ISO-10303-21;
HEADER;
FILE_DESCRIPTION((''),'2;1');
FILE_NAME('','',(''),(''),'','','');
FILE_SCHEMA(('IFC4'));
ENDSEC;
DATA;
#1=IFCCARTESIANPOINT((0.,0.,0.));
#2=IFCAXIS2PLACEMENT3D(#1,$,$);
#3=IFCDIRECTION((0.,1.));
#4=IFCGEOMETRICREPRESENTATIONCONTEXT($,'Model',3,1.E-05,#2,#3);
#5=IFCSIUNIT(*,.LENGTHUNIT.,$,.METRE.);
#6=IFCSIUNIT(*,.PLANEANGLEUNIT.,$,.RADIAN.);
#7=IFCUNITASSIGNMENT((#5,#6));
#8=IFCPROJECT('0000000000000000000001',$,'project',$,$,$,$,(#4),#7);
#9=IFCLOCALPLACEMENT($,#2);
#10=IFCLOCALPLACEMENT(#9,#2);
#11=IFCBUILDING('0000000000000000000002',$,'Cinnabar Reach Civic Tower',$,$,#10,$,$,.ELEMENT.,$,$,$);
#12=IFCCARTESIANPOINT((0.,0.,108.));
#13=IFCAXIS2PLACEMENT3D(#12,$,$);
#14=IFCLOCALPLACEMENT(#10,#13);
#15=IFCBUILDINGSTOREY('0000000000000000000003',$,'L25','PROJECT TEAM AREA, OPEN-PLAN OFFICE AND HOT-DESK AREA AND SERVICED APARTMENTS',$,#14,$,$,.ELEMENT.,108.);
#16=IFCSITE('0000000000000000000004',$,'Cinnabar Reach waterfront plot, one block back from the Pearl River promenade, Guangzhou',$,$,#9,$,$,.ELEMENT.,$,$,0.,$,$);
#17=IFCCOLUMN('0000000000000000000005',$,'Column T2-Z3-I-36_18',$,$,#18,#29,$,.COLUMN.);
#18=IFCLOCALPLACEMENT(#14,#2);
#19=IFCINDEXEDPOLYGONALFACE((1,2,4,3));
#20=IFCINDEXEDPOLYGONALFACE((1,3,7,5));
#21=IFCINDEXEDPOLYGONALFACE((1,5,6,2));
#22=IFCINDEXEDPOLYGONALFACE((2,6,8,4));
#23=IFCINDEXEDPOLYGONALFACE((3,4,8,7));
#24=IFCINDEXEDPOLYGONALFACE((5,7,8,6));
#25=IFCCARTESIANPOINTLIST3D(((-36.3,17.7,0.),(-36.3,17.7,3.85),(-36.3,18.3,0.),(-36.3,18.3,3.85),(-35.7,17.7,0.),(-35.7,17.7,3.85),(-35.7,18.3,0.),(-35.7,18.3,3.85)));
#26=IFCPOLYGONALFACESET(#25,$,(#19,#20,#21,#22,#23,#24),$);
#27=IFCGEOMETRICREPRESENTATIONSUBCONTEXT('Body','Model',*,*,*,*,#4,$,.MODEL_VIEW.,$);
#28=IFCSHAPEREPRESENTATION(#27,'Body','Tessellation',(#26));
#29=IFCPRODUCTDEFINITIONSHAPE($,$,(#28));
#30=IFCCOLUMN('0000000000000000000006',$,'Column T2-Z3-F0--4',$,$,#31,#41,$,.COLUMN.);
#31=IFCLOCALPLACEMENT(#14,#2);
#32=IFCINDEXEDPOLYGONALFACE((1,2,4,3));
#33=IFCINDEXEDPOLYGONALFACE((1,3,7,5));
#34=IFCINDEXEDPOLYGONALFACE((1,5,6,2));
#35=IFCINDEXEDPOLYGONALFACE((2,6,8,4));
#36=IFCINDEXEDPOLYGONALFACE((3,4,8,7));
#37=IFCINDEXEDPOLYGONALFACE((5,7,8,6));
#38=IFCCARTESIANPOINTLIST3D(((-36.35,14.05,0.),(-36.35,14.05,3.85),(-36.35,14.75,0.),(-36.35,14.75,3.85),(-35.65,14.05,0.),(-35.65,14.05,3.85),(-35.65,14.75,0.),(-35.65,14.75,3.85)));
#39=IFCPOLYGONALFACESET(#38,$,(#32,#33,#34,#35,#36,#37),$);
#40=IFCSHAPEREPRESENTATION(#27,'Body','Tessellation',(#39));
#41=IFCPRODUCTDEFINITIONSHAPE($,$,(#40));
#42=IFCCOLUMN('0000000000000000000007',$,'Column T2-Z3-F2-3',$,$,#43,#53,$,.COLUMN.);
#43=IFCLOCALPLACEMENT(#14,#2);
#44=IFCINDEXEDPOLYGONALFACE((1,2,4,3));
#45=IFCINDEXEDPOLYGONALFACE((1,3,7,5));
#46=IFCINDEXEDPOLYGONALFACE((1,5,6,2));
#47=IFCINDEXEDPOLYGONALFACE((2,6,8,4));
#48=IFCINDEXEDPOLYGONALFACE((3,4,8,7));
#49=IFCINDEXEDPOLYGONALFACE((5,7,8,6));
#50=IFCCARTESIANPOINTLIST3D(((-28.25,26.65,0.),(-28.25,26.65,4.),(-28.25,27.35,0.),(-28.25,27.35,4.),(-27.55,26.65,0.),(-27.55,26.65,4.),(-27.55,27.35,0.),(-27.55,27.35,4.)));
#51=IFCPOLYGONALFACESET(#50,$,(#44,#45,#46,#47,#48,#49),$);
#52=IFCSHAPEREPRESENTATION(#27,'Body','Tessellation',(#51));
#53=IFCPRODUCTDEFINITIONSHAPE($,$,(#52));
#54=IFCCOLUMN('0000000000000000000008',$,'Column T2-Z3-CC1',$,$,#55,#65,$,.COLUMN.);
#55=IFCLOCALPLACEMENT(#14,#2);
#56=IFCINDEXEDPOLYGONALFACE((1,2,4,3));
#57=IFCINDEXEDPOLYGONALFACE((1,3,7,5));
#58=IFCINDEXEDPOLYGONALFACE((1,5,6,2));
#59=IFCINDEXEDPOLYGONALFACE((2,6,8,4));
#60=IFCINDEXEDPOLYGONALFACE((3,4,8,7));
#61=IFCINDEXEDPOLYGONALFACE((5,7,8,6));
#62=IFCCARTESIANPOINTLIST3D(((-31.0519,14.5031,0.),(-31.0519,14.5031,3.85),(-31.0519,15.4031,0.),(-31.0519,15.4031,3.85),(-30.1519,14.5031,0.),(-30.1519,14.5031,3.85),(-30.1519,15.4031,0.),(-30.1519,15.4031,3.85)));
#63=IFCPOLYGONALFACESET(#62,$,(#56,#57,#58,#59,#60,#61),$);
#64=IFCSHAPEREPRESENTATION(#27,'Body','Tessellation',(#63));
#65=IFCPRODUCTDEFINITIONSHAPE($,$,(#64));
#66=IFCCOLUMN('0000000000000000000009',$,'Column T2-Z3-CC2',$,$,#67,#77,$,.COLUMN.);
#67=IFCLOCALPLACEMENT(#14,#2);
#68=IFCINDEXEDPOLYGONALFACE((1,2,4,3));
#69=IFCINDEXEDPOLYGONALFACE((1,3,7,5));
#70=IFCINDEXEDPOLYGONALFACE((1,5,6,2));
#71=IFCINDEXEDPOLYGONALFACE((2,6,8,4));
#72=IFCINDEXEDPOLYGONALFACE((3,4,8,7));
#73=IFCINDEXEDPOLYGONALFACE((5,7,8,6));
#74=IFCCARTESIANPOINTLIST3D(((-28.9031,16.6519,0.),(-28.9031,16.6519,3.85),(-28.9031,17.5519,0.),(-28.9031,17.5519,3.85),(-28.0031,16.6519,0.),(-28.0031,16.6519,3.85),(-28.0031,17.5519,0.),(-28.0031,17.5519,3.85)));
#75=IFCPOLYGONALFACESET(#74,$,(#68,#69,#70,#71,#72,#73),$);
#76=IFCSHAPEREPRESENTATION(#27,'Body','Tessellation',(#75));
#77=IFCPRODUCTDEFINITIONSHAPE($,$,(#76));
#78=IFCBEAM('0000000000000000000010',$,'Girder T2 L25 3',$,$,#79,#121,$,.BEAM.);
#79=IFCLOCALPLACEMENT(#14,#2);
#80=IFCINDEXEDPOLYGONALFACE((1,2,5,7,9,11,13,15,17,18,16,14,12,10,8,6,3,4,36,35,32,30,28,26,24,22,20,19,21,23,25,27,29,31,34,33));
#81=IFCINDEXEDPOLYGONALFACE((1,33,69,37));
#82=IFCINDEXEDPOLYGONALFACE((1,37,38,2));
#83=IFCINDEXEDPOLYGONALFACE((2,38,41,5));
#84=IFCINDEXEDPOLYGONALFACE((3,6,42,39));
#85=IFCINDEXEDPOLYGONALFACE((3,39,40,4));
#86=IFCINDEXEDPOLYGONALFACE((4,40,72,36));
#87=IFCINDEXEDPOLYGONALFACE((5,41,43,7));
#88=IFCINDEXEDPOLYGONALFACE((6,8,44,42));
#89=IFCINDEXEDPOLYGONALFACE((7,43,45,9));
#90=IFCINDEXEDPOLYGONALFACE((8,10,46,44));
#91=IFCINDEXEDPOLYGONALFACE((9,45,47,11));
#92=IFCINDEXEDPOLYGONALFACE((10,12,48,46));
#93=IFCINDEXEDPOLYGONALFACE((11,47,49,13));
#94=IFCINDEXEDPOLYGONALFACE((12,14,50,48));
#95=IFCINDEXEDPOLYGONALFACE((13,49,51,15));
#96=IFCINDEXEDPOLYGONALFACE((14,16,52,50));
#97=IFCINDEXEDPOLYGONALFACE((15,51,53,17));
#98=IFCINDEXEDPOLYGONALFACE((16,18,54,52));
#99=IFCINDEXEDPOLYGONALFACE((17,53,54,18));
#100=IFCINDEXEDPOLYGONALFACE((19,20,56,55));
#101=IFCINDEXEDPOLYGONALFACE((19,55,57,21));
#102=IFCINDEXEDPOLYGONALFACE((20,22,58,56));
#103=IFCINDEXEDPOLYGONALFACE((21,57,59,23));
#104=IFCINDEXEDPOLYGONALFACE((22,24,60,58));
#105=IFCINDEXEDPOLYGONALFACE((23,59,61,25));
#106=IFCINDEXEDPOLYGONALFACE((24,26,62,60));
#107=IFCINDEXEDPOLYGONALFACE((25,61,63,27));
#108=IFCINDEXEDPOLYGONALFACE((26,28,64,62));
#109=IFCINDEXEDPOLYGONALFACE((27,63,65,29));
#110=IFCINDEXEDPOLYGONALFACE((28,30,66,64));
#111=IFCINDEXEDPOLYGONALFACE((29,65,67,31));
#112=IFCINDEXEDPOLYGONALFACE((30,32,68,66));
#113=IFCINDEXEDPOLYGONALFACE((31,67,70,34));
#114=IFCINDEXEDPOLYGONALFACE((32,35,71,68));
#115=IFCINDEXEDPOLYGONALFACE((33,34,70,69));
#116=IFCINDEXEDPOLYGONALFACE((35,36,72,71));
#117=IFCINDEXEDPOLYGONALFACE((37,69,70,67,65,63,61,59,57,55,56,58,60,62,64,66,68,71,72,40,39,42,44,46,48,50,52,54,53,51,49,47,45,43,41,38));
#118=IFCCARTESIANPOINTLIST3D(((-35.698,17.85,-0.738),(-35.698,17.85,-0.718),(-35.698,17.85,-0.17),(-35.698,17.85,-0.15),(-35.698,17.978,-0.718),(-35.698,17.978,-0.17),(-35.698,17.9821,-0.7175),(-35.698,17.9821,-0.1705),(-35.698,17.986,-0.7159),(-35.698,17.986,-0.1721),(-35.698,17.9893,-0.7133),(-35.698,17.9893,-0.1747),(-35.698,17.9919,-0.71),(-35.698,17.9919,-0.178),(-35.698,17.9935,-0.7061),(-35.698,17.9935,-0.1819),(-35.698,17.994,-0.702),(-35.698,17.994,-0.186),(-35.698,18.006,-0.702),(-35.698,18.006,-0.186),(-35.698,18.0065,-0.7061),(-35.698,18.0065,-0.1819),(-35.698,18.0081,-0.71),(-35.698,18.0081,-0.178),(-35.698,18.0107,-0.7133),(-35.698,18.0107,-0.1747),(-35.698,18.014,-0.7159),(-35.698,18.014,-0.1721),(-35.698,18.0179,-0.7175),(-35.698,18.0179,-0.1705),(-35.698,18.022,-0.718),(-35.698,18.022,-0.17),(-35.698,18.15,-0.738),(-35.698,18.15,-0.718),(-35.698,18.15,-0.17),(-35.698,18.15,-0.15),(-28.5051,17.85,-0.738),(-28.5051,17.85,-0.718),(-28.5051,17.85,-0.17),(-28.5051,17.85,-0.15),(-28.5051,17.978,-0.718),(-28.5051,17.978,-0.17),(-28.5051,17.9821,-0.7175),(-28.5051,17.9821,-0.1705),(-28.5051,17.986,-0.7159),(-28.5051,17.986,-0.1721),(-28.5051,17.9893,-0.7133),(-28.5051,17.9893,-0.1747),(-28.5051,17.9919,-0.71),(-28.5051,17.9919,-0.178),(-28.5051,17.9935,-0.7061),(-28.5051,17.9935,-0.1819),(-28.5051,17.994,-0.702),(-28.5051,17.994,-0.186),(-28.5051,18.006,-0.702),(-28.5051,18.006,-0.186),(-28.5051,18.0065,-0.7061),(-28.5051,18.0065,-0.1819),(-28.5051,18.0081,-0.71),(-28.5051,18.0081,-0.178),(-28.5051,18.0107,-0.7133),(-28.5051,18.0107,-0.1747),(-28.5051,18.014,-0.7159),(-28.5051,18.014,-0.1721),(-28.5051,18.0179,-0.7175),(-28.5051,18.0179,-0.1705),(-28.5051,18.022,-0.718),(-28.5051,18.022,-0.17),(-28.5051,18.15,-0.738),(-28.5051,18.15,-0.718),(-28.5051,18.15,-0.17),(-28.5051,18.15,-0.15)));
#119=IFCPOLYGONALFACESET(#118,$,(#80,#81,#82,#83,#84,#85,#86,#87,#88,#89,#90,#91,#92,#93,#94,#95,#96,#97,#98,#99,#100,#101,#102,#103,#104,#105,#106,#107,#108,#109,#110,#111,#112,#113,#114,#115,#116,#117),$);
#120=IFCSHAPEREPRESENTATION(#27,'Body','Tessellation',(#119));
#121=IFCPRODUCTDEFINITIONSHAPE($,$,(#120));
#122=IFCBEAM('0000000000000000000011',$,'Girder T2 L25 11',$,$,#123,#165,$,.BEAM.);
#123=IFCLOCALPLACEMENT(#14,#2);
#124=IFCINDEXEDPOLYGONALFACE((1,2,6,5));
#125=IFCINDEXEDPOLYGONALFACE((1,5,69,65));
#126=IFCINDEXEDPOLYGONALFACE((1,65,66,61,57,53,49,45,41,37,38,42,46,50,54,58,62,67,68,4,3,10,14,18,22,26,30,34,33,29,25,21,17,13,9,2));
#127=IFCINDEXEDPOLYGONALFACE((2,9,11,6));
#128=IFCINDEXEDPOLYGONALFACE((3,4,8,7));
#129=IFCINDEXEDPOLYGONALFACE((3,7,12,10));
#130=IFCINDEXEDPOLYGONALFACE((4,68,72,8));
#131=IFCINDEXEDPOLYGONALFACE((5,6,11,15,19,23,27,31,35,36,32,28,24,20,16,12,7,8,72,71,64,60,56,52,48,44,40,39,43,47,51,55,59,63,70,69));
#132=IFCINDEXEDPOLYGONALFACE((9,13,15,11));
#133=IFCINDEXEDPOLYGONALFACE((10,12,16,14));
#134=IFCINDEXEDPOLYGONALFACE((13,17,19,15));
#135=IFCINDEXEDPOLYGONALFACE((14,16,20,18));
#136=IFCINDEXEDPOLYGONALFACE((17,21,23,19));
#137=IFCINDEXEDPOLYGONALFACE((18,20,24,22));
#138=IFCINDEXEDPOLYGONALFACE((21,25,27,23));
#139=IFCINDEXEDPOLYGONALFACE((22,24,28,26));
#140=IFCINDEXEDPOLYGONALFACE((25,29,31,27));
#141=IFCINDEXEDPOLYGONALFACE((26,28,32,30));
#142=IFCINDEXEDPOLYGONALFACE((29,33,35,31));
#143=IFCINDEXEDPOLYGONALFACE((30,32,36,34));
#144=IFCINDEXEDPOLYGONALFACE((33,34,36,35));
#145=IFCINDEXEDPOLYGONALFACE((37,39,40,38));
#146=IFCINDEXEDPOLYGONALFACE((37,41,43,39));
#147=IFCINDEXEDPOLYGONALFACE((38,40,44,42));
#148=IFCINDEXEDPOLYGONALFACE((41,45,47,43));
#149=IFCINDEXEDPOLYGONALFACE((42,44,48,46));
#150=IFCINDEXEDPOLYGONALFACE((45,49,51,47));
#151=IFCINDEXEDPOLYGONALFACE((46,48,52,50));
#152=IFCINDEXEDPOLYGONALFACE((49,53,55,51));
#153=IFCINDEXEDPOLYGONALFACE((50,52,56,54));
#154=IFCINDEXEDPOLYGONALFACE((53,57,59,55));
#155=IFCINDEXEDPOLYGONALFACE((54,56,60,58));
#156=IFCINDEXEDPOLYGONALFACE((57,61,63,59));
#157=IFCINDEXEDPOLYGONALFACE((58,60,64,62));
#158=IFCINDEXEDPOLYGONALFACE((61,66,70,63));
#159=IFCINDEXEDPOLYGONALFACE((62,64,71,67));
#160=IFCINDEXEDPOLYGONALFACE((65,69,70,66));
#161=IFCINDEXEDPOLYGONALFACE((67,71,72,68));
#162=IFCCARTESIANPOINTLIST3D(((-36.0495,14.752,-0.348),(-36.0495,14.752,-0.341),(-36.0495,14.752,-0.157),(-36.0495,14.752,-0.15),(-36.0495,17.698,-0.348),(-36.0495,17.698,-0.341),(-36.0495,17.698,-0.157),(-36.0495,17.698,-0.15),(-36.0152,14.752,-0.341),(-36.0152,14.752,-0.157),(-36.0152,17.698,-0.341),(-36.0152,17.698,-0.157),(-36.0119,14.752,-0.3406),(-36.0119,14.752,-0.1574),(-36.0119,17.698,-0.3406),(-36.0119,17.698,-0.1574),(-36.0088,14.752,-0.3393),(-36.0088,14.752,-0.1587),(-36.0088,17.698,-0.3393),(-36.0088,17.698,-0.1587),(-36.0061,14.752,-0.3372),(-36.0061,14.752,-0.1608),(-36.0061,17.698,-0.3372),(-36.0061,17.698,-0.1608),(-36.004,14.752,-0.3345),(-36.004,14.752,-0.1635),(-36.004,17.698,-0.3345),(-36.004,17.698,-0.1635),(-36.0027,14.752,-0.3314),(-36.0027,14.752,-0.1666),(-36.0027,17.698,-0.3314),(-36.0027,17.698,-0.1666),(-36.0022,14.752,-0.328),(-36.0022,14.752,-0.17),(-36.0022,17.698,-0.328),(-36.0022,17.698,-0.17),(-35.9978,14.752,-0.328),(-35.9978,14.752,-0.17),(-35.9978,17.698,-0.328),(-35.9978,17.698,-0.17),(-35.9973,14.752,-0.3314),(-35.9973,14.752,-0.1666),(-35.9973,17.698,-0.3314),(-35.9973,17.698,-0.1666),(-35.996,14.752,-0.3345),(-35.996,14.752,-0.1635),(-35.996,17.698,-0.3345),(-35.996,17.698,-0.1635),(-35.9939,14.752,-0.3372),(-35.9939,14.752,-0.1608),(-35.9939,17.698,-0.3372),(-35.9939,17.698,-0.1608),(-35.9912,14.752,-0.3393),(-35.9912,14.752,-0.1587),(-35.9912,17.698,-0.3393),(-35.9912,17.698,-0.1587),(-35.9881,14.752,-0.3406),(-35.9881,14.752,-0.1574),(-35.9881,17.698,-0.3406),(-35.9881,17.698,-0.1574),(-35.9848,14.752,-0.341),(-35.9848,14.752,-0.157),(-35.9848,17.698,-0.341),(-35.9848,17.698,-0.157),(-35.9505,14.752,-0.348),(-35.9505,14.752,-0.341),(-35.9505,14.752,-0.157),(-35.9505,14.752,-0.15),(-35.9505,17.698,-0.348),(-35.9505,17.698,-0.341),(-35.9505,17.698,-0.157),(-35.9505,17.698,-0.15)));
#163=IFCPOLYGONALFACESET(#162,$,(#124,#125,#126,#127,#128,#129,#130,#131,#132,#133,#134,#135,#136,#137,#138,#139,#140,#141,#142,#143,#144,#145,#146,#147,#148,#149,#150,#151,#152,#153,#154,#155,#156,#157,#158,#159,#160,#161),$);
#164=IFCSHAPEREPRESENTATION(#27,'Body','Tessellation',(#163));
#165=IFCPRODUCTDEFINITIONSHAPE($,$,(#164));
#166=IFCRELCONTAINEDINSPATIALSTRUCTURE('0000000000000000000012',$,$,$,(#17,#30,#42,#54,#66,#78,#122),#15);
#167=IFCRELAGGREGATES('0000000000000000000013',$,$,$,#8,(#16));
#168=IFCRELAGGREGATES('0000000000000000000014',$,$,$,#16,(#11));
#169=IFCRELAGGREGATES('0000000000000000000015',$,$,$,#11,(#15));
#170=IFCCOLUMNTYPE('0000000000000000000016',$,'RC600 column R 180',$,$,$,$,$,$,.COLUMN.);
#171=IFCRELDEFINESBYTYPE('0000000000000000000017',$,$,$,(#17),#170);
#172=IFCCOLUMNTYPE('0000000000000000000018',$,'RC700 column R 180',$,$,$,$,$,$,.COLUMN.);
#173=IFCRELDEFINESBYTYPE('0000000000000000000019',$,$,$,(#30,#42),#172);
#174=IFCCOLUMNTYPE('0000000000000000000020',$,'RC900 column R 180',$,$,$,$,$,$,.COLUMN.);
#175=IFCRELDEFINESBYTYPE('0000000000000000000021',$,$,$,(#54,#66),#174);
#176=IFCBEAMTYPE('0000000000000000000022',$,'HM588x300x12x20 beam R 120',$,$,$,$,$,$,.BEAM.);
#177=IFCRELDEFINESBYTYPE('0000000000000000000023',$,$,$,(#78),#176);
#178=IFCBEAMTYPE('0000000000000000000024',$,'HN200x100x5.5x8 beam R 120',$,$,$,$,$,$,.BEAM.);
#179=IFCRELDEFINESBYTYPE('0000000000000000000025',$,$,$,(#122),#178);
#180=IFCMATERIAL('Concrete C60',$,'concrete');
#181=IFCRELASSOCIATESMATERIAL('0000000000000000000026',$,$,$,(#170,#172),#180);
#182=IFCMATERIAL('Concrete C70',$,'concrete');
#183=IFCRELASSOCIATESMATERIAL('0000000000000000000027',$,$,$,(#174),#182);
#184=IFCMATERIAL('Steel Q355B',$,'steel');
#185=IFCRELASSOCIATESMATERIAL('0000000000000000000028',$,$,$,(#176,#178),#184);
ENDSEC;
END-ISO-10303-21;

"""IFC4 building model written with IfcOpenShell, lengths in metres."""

from ifc_helpers import new_model, si_unit, direction, frame, origin, origin_2d, place, context, subcontext, project, spatial, rectangle, i_section, extrude, material, material_profile, profile_set, type_object, element, save


model = new_model("IFC4")

# Units and contexts
model_context = context("Model", 3, precision=1e-05, world=origin(), true_north=direction((0.0, 1.0)))
body_context = subcontext(model_context, "Body", "Model", "MODEL_VIEW")
ifc_project = project(units=[si_unit("LENGTHUNIT", "METRE"), si_unit("PLANEANGLEUNIT", "RADIAN")], contexts=[model_context])

# Site, building, storey
site_placement = place(None, origin())
site = spatial("IfcSite", under=ifc_project, at=site_placement, Name="Cinnabar Reach waterfront plot, one block back from the Pearl River promenade, Guangzhou", CompositionType="ELEMENT", RefElevation=0.0)
building_placement = place(site_placement, origin())
building = spatial("IfcBuilding", under=site, at=building_placement, Name="Cinnabar Reach Civic Tower", CompositionType="ELEMENT")
storey_placement = place(building_placement, frame((0.0, 0.0, 108.0)))
storey = spatial("IfcBuildingStorey", under=building, at=storey_placement, Name="L25", Description="PROJECT TEAM AREA, OPEN-PLAN OFFICE AND HOT-DESK AREA AND SERVICED APARTMENTS", CompositionType="ELEMENT", Elevation=108.0)

# Columns
ifc_material_1 = material(Name="Concrete C60", Category="concrete")
ifc_material_profile_1 = material_profile(ifc_material_1, rectangle(XDim=0.6, YDim=0.6, at=origin_2d()), Name="RC600")
ifc_profile_set_1 = profile_set([ifc_material_profile_1], Name="Concrete C60")
column_type_1 = type_object("IfcColumnType", Name="RC600 column R 180", PredefinedType="COLUMN", material=ifc_profile_set_1)
column_1_placement = place(storey_placement, frame((-36.0, 18.0, 0.0), z_axis=(0.0, 0.0, 1.0), x_axis=(1.0, 0.0, 0.0)))
element("IfcColumn", 1, at=column_1_placement, inside=storey, type_object=column_type_1, Name="Column T2-Z3-I-36_18", PredefinedType="COLUMN", context=body_context, shape_type="SweptSolid", body=[
    extrude(rectangle(XDim=0.6, YDim=0.6, at=origin_2d()), origin(), (0.0, 0.0, 1.0), 3.85),
])
ifc_material_profile_2 = material_profile(ifc_material_1, rectangle(XDim=0.7, YDim=0.7, at=origin_2d()), Name="RC700")
ifc_profile_set_2 = profile_set([ifc_material_profile_2], Name="Concrete C60")
column_type_2 = type_object("IfcColumnType", Name="RC700 column R 180", PredefinedType="COLUMN", material=ifc_profile_set_2)
column_2_placement = place(storey_placement, frame((-36.0, 14.4, 0.0), z_axis=(0.0, 0.0, 1.0), x_axis=(1.0, 0.0, 0.0)))
element("IfcColumn", 2, at=column_2_placement, inside=storey, type_object=column_type_2, Name="Column T2-Z3-F0--4", PredefinedType="COLUMN", context=body_context, shape_type="SweptSolid", body=[
    extrude(rectangle(XDim=0.7, YDim=0.7, at=origin_2d()), origin(), (0.0, 0.0, 1.0), 3.85),
])
column_3_placement = place(storey_placement, frame((-27.9, 27.0, 0.0), z_axis=(0.0, 0.0, 1.0), x_axis=(1.0, 0.0, 0.0)))
element("IfcColumn", 3, at=column_3_placement, inside=storey, type_object=column_type_2, Name="Column T2-Z3-F2-3", PredefinedType="COLUMN", context=body_context, shape_type="SweptSolid", body=[
    extrude(rectangle(XDim=0.7, YDim=0.7, at=origin_2d()), origin(), (0.0, 0.0, 1.0), 4.0),
])
ifc_material_2 = material(Name="Concrete C70", Category="concrete")
ifc_material_profile_3 = material_profile(ifc_material_2, rectangle(XDim=0.9, YDim=0.9, at=origin_2d()), Name="RC900")
ifc_profile_set_3 = profile_set([ifc_material_profile_3], Name="Concrete C70")
column_type_3 = type_object("IfcColumnType", Name="RC900 column R 180", PredefinedType="COLUMN", material=ifc_profile_set_3)
for number, where, z_axis, x_axis, name in (
    (4, (-30.6019, 14.9531, 0.0), (0.0, 0.0, 1.0), (1.0, 0.0, 0.0), "Column T2-Z3-CC1"),
    (5, (-28.4531, 17.1019, 0.0), (0.0, 0.0, 1.0), (1.0, 0.0, 0.0), "Column T2-Z3-CC2"),
):
    element("IfcColumn", number, at=place(storey_placement, frame(where, z_axis=z_axis, x_axis=x_axis)), inside=storey, type_object=column_type_3, Name=name, PredefinedType="COLUMN", context=body_context, shape_type="SweptSolid", body=[
        extrude(rectangle(XDim=0.9, YDim=0.9, at=origin_2d()), origin(), (0.0, 0.0, 1.0), 3.85),
    ])

# Beams
ifc_material_3 = material(Name="Steel Q355B", Category="steel")
ifc_material_profile_4 = material_profile(ifc_material_3, i_section(OverallWidth=0.3, OverallDepth=0.588, WebThickness=0.012, FlangeThickness=0.02, FilletRadius=0.016, at=origin_2d()), Name="HM588x300x12x20")
ifc_profile_set_4 = profile_set([ifc_material_profile_4], Name="Steel Q355B")
beam_type_1 = type_object("IfcBeamType", Name="HM588x300x12x20 beam R 120", PredefinedType="BEAM", material=ifc_profile_set_4)
beam_1_placement = place(storey_placement, frame((-35.698, 18.0, -0.444), z_axis=(1.0, 0.0, 0.0), x_axis=(0.0, 1.0, 0.0)))
element("IfcBeam", 6, at=beam_1_placement, inside=storey, type_object=beam_type_1, Name="Girder T2 L25 3", PredefinedType="BEAM", context=body_context, shape_type="SweptSolid", body=[
    extrude(i_section(OverallWidth=0.3, OverallDepth=0.588, WebThickness=0.012, FlangeThickness=0.02, FilletRadius=0.016, at=origin_2d()), origin(), (0.0, 0.0, 1.0), 7.1929),
])
ifc_material_profile_5 = material_profile(ifc_material_3, i_section(OverallWidth=0.099, OverallDepth=0.198, WebThickness=0.0045, FlangeThickness=0.007, FilletRadius=0.013, at=origin_2d()), Name="HN200x100x5.5x8")
ifc_profile_set_5 = profile_set([ifc_material_profile_5], Name="Steel Q355B")
beam_type_2 = type_object("IfcBeamType", Name="HN200x100x5.5x8 beam R 120", PredefinedType="BEAM", material=ifc_profile_set_5)
beam_2_placement = place(storey_placement, frame((-36.0, 14.752, -0.249), z_axis=(0.0, 1.0, 0.0), x_axis=(-1.0, 0.0, 0.0)))
element("IfcBeam", 7, at=beam_2_placement, inside=storey, type_object=beam_type_2, Name="Girder T2 L25 11", PredefinedType="BEAM", context=body_context, shape_type="SweptSolid", body=[
    extrude(i_section(OverallWidth=0.099, OverallDepth=0.198, WebThickness=0.0045, FlangeThickness=0.007, FilletRadius=0.013, at=origin_2d()), origin(), (0.0, 0.0, 1.0), 2.946),
])

save(model, "model.ifc")
